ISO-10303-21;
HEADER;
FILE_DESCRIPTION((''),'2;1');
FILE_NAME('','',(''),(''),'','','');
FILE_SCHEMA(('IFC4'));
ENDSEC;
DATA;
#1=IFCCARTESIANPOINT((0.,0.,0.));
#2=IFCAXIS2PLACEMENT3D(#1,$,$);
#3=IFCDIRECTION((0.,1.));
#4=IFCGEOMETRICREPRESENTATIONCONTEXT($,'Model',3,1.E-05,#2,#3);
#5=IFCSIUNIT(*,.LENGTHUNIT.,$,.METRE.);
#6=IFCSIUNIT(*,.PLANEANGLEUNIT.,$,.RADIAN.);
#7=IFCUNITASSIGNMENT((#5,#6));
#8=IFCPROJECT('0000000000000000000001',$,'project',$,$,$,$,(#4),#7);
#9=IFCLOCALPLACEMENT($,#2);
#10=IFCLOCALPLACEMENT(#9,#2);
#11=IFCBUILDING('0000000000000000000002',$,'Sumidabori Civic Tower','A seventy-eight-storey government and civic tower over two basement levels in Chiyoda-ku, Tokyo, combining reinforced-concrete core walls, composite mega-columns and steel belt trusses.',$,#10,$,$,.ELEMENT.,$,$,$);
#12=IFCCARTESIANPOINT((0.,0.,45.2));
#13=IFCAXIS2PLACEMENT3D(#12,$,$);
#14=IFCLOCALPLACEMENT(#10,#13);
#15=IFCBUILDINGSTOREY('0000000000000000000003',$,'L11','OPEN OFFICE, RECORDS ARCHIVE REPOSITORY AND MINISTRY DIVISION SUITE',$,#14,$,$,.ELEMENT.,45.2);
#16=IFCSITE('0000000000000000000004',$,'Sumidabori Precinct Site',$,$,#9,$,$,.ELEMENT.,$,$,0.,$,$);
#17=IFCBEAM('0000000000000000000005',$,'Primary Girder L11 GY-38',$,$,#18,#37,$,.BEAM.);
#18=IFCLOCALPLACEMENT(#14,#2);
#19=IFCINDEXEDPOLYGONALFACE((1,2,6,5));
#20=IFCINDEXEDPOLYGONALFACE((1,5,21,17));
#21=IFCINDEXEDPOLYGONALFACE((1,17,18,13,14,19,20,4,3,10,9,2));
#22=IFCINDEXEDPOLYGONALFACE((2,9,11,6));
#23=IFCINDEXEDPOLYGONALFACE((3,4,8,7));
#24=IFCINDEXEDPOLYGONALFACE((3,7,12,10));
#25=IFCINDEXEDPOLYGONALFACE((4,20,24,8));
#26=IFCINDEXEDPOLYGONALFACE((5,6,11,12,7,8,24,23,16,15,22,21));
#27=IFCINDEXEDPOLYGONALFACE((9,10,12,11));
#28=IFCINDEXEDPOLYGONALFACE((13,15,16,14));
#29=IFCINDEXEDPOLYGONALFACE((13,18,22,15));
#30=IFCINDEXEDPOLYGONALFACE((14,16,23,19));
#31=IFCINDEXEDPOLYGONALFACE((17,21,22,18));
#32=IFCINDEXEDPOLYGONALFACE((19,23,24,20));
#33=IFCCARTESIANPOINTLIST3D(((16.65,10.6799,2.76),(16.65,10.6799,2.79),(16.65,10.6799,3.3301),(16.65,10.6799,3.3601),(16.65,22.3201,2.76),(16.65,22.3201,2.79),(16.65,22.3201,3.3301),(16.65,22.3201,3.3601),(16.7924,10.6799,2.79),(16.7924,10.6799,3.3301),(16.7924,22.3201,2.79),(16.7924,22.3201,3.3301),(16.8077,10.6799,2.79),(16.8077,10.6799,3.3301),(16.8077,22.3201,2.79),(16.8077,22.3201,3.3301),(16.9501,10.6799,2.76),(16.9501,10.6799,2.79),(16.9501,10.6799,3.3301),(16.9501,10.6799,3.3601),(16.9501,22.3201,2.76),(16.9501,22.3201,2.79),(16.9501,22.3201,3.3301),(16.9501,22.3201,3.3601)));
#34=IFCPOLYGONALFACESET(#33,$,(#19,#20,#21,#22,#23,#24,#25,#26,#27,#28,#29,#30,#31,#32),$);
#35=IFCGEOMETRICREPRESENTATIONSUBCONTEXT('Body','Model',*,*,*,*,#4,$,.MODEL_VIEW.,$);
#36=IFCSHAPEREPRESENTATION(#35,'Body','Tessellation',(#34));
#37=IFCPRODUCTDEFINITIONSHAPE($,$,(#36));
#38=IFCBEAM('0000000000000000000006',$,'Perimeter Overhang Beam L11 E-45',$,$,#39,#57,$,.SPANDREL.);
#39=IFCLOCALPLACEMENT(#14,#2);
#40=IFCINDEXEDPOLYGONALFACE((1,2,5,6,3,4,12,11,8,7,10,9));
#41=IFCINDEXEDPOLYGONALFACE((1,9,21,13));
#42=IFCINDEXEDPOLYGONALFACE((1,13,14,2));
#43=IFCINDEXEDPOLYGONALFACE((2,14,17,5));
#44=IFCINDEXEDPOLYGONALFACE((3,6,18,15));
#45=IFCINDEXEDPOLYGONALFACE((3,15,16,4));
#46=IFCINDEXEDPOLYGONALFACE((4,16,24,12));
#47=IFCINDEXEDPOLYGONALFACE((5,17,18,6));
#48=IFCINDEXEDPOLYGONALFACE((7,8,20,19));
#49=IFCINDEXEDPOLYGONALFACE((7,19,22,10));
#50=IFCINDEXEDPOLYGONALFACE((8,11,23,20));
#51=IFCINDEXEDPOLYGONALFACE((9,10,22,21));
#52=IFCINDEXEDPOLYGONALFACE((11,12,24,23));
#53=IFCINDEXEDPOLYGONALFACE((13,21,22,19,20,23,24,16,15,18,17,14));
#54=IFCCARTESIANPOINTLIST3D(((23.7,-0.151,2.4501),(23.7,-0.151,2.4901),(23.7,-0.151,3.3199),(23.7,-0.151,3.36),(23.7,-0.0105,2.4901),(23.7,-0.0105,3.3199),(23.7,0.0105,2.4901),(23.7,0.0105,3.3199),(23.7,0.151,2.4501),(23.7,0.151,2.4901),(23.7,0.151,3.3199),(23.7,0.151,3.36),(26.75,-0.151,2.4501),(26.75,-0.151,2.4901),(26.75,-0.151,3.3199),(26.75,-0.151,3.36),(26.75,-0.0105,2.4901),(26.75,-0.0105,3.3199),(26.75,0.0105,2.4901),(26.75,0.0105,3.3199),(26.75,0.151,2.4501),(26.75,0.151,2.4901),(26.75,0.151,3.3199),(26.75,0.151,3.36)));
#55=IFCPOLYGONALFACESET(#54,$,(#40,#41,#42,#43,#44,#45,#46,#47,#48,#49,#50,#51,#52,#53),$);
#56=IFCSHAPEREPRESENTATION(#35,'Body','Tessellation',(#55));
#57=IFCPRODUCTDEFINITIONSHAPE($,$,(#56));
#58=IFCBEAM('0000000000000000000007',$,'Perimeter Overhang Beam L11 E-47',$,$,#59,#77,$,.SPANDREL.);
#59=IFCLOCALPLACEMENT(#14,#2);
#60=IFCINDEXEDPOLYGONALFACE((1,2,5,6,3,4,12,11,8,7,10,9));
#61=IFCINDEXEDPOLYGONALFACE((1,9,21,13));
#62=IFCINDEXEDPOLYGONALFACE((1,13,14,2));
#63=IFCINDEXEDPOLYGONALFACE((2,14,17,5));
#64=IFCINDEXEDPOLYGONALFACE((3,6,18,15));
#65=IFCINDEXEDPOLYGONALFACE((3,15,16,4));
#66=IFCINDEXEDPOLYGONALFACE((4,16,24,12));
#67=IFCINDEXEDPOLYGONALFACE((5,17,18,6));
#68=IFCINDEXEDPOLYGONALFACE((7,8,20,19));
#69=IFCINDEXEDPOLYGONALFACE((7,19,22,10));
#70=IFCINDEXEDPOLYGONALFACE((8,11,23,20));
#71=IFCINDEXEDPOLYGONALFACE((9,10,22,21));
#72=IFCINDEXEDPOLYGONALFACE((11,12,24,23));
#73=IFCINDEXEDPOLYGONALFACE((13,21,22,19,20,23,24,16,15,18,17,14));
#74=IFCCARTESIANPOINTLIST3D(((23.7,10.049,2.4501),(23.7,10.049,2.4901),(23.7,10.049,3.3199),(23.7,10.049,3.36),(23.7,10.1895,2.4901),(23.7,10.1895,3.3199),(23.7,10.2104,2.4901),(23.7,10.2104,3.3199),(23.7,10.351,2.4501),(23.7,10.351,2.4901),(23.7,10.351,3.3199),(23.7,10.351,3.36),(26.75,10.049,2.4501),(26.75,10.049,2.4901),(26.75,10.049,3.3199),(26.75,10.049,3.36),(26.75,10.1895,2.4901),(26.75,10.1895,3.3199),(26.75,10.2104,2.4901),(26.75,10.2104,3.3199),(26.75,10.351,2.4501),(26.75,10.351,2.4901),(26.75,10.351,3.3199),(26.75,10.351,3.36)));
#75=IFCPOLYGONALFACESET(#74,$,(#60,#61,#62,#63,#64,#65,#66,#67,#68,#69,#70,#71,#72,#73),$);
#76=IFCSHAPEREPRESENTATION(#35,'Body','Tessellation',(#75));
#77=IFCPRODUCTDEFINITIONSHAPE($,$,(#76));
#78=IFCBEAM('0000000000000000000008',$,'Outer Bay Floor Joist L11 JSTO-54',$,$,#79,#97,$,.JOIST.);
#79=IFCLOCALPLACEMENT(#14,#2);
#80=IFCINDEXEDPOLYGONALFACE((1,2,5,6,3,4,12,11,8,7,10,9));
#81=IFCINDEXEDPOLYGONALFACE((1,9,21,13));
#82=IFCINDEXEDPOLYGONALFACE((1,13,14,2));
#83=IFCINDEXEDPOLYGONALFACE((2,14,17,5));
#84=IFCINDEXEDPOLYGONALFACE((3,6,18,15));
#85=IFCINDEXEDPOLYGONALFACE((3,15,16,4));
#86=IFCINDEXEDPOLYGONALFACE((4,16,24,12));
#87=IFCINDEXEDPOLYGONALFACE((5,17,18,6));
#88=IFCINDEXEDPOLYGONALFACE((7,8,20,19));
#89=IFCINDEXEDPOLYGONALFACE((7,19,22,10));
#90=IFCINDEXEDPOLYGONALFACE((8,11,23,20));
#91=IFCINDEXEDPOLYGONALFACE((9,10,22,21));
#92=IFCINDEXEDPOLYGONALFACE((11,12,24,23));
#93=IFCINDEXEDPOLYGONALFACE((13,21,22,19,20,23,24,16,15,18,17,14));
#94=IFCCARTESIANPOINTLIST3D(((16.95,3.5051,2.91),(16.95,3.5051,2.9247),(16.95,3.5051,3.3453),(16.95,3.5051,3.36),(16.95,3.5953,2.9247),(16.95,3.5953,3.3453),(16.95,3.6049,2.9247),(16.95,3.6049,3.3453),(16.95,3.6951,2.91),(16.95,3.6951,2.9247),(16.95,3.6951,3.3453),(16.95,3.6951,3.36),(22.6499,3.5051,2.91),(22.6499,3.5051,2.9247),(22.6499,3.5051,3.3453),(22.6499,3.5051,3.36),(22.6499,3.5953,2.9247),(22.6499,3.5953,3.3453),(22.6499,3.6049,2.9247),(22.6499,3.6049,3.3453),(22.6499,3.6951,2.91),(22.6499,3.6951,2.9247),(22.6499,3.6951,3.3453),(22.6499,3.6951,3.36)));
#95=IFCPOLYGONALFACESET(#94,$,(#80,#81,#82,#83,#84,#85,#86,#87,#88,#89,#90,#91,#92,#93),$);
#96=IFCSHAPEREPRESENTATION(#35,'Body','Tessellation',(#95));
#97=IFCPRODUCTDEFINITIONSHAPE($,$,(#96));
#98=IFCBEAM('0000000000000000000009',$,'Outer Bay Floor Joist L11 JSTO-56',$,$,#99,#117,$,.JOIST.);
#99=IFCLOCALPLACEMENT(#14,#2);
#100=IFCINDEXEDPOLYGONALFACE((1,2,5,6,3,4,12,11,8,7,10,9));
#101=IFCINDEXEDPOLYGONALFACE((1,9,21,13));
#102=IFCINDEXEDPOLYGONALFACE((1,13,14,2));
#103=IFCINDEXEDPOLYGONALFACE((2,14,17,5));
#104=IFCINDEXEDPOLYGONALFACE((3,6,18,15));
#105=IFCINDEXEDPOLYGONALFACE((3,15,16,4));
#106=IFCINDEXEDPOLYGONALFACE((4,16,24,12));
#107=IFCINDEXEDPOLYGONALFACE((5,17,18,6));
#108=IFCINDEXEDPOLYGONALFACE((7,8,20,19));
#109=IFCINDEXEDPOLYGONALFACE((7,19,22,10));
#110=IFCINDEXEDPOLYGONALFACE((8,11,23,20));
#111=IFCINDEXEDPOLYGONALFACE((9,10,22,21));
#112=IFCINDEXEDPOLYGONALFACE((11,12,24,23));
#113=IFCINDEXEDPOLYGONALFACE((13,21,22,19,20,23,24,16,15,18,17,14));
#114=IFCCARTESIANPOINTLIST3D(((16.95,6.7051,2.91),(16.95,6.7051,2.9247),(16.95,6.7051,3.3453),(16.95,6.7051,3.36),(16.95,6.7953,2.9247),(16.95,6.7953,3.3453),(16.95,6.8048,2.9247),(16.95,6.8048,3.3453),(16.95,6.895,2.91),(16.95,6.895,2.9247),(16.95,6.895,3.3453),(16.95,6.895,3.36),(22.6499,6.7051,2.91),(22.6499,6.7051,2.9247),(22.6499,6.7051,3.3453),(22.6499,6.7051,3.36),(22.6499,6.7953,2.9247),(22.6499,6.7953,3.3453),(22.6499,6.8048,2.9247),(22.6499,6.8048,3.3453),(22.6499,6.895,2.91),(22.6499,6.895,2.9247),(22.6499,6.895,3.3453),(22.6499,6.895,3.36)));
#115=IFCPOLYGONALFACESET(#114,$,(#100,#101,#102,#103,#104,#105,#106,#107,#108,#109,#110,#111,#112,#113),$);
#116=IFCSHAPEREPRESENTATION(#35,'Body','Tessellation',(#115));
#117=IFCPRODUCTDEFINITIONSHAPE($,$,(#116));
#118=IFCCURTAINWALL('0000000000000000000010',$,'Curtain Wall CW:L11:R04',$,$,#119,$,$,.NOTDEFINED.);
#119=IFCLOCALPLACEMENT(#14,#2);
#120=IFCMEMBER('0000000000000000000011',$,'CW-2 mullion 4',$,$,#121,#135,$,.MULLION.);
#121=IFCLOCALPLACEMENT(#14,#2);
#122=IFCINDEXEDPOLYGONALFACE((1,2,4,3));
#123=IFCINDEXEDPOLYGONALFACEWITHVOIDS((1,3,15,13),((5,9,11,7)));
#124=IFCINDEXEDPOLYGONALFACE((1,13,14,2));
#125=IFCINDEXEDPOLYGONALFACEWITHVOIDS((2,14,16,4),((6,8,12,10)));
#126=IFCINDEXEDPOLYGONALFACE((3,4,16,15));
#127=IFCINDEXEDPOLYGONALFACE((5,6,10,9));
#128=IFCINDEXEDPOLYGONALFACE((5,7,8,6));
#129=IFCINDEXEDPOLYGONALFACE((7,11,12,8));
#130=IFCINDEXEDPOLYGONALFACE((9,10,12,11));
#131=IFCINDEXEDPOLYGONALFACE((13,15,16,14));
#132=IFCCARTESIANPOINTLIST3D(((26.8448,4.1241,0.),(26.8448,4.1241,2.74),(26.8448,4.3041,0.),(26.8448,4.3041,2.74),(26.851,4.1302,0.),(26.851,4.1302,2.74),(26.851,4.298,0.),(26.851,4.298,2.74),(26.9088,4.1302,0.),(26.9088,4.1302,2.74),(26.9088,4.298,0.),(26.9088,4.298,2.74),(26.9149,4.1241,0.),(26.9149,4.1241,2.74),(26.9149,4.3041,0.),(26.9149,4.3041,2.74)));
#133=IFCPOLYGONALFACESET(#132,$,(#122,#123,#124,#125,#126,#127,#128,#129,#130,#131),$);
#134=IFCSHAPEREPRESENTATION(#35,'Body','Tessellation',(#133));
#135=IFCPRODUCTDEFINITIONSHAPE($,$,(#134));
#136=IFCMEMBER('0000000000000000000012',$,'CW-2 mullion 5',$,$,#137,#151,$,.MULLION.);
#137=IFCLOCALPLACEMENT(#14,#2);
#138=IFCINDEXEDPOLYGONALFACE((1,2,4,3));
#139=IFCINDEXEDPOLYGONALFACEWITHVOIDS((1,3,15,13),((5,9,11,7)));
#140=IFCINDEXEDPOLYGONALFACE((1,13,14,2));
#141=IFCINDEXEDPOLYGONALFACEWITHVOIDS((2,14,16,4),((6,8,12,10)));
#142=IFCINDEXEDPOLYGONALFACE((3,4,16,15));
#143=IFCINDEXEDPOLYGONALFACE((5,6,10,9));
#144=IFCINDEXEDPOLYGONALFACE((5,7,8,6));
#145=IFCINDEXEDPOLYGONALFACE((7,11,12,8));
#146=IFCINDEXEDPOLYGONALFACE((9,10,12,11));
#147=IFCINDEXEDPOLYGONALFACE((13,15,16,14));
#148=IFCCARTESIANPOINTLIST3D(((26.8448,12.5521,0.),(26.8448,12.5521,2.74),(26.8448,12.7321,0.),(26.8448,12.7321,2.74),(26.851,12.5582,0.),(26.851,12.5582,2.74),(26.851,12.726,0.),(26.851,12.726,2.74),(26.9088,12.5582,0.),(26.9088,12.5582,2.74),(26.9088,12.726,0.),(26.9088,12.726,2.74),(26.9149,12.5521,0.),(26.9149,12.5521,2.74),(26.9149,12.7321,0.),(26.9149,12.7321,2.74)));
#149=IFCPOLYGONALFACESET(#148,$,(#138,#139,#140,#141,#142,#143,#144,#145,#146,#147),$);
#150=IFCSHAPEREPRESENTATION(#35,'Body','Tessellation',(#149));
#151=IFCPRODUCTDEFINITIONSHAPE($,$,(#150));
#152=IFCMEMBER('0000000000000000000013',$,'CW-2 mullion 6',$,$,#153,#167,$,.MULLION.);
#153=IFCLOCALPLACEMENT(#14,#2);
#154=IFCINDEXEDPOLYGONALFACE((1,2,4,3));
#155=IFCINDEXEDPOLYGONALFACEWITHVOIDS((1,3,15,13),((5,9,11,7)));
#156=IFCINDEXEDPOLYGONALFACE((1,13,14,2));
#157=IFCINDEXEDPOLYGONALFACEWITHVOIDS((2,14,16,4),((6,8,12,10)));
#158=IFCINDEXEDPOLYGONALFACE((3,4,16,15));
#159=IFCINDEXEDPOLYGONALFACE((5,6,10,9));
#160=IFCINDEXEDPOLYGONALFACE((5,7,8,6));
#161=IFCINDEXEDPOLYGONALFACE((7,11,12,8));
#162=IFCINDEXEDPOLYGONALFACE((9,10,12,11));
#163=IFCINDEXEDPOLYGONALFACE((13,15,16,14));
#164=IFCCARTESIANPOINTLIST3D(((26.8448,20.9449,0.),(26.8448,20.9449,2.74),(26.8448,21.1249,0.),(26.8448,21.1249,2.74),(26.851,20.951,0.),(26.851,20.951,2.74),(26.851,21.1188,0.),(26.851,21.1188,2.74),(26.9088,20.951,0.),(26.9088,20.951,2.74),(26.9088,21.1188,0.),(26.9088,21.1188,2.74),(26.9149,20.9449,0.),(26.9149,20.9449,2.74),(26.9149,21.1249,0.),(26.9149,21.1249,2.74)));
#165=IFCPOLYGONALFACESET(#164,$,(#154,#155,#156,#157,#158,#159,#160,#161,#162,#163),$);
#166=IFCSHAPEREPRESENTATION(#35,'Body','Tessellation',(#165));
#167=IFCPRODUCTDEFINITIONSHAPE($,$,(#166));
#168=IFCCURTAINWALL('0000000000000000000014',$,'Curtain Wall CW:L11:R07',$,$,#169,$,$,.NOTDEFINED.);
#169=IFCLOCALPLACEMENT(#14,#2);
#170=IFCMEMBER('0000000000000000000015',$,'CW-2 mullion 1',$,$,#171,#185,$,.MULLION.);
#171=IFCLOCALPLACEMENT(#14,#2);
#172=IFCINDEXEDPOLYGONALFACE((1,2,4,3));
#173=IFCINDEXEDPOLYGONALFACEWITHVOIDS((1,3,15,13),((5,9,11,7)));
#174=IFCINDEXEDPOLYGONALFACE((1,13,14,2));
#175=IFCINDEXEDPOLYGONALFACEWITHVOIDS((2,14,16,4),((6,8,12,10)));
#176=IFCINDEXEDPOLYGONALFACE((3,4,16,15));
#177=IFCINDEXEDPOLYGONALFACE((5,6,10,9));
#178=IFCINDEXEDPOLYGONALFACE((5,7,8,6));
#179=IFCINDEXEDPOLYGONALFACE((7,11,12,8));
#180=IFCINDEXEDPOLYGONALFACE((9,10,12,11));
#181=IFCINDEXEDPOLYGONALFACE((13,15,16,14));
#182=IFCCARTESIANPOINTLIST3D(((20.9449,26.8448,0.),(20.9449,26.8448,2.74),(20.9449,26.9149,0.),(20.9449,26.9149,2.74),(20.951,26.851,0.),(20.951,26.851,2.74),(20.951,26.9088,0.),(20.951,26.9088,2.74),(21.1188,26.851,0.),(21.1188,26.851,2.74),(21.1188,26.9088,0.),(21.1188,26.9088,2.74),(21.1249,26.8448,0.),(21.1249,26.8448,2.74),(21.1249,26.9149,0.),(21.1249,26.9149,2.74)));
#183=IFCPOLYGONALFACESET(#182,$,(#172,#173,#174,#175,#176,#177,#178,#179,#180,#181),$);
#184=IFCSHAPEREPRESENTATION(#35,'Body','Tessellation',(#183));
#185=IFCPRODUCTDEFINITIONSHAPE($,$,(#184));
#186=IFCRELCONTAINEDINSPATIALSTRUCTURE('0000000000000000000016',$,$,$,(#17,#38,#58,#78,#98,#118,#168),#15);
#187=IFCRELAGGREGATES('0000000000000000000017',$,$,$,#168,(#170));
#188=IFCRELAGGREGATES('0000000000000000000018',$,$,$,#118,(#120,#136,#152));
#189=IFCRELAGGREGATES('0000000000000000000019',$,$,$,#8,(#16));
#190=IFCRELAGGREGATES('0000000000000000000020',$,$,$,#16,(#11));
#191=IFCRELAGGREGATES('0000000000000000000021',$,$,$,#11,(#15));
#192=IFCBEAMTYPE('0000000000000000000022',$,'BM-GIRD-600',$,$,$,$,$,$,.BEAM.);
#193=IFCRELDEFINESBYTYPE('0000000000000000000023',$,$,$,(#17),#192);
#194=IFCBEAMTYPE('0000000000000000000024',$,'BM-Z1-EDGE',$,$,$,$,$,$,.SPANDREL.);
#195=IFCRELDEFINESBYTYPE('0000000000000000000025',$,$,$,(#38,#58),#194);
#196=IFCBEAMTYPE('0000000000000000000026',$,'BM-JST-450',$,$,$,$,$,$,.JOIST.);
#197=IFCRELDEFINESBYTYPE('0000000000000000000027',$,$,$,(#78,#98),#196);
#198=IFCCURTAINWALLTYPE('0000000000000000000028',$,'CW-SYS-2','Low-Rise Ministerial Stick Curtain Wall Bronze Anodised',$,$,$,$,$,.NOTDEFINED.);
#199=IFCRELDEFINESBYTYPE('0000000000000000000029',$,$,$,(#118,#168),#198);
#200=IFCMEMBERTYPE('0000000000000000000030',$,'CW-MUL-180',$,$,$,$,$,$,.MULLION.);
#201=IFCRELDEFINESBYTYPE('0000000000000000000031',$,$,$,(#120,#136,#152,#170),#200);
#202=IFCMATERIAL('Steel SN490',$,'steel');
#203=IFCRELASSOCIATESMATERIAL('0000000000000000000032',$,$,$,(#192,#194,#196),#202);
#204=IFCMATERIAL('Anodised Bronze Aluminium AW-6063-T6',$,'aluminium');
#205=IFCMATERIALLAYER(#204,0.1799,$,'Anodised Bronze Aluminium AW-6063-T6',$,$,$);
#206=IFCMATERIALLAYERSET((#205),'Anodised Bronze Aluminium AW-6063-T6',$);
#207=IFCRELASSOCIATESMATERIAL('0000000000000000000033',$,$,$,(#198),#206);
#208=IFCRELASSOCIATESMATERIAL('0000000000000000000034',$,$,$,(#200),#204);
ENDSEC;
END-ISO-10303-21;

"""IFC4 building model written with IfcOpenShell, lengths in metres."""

from ifc_helpers import new_model, si_unit, direction, frame, origin, origin_2d, place, context, subcontext, project, spatial, hollow_rectangle, i_section, extrude, source, transform, mapped, material, layer, layer_set, material_profile, profile_set, type_object, element, aggregate, save


model = new_model("IFC4")

# Units and contexts
model_context = context("Model", 3, precision=1e-05, world=origin(), true_north=direction((0.0, 1.0)))
body_context = subcontext(model_context, "Body", "Model", "MODEL_VIEW")
ifc_project = project(units=[si_unit("LENGTHUNIT", "METRE"), si_unit("PLANEANGLEUNIT", "RADIAN")], contexts=[model_context])

# Site, building, storey
site_placement = place(None, origin())
site = spatial("IfcSite", under=ifc_project, at=site_placement, Name="Sumidabori Precinct Site", CompositionType="ELEMENT", RefElevation=0.0)
building_placement = place(site_placement, origin())
building = spatial("IfcBuilding", under=site, at=building_placement, Name="Sumidabori Civic Tower", Description="A seventy-eight-storey government and civic tower over two basement levels in Chiyoda-ku, Tokyo, combining reinforced-concrete core walls, composite mega-columns and steel belt trusses.", CompositionType="ELEMENT")
storey_placement = place(building_placement, frame((0.0, 0.0, 45.2)))
storey = spatial("IfcBuildingStorey", under=building, at=storey_placement, Name="L11", Description="OPEN OFFICE, RECORDS ARCHIVE REPOSITORY AND MINISTRY DIVISION SUITE", CompositionType="ELEMENT", Elevation=45.2)

# Beams
ifc_material_1 = material(Name="Steel SN490", Category="steel")
ifc_material_profile_1 = material_profile(ifc_material_1, i_section(OverallWidth=0.3, OverallDepth=0.6001, WebThickness=0.0154, FlangeThickness=0.03, at=origin_2d()), Name="HE 600 B")
ifc_profile_set_1 = profile_set([ifc_material_profile_1], Name="Steel SN490")
beam_type_1 = type_object("IfcBeamType", Name="BM-GIRD-600", PredefinedType="BEAM", material=ifc_profile_set_1)
shared_shape_1 = source(origin(), body_context, "Body", "SweptSolid", [
    extrude(i_section(OverallWidth=0.3, OverallDepth=0.6001, WebThickness=0.0154, FlangeThickness=0.03, at=origin_2d()), origin(), (0.0, 0.0, 1.0), 11.6401),
])
beam_1_placement = place(storey_placement, frame((16.8, 10.6799, 3.0601), z_axis=(0.0, 1.0, 0.0), x_axis=(-1.0, 0.0, 0.0)))
element("IfcBeam", 1, at=beam_1_placement, inside=storey, type_object=beam_type_1, Name="Primary Girder L11 GY-38", PredefinedType="BEAM", context=body_context, shape_type="MappedRepresentation", body=[
    mapped(shared_shape_1, transform((0.0, 0.0, 0.0), x_axis=(1.0, 0.0, 0.0), y_axis=(0.0, 1.0, 0.0), z_axis=(0.0, 0.0, 1.0), scale=1.0)),
])
ifc_material_profile_2 = material_profile(ifc_material_1, i_section(OverallWidth=0.302, OverallDepth=0.9099, WebThickness=0.021, FlangeThickness=0.04, at=origin_2d()), Name="HE 900 M")
ifc_profile_set_2 = profile_set([ifc_material_profile_2], Name="Steel SN490")
beam_type_2 = type_object("IfcBeamType", Name="BM-Z1-EDGE", PredefinedType="SPANDREL", material=ifc_profile_set_2)
shared_shape_2 = source(origin(), body_context, "Body", "SweptSolid", [
    extrude(i_section(OverallWidth=0.302, OverallDepth=0.9099, WebThickness=0.021, FlangeThickness=0.04, at=origin_2d()), origin(), (0.0, 0.0, 1.0), 3.05),
])
for number, where, z_axis, x_axis, name in (
    (2, (23.7, 0.0, 2.905), (1.0, 0.0, 0.0), (0.0, 1.0, 0.0), "Perimeter Overhang Beam L11 E-45"),
    (3, (23.7, 10.2, 2.905), (1.0, 0.0, 0.0), (0.0, 1.0, 0.0), "Perimeter Overhang Beam L11 E-47"),
):
    element("IfcBeam", number, at=place(storey_placement, frame(where, z_axis=z_axis, x_axis=x_axis)), inside=storey, type_object=beam_type_2, Name=name, PredefinedType="SPANDREL", context=body_context, shape_type="MappedRepresentation", body=[
        mapped(shared_shape_2, transform((0.0, 0.0, 0.0), x_axis=(1.0, 0.0, 0.0), y_axis=(0.0, 1.0, 0.0), z_axis=(0.0, 0.0, 1.0), scale=1.0)),
    ])
ifc_material_profile_3 = material_profile(ifc_material_1, i_section(OverallWidth=0.1899, OverallDepth=0.45, WebThickness=0.0095, FlangeThickness=0.0146, at=origin_2d()), Name="IPE 450")
ifc_profile_set_3 = profile_set([ifc_material_profile_3], Name="Steel SN490")
beam_type_3 = type_object("IfcBeamType", Name="BM-JST-450", PredefinedType="JOIST", material=ifc_profile_set_3)
shared_shape_3 = source(origin(), body_context, "Body", "SweptSolid", [
    extrude(i_section(OverallWidth=0.1899, OverallDepth=0.45, WebThickness=0.0095, FlangeThickness=0.0146, at=origin_2d()), origin(), (0.0, 0.0, 1.0), 5.7),
])
for number, where, z_axis, x_axis, name in (
    (4, (16.95, 3.6001, 3.135), (1.0, 0.0, 0.0), (0.0, 1.0, 0.0), "Outer Bay Floor Joist L11 JSTO-54"),
    (5, (16.95, 6.8, 3.135), (1.0, 0.0, 0.0), (0.0, 1.0, 0.0), "Outer Bay Floor Joist L11 JSTO-56"),
):
    element("IfcBeam", number, at=place(storey_placement, frame(where, z_axis=z_axis, x_axis=x_axis)), inside=storey, type_object=beam_type_3, Name=name, PredefinedType="JOIST", context=body_context, shape_type="MappedRepresentation", body=[
        mapped(shared_shape_3, transform((0.0, 0.0, 0.0), x_axis=(1.0, 0.0, 0.0), y_axis=(0.0, 1.0, 0.0), z_axis=(0.0, 0.0, 1.0), scale=1.0)),
    ])

# Curtain wall, members
ifc_material_2 = material(Name="Anodised Bronze Aluminium AW-6063-T6", Category="aluminium")
ifc_layer_1 = layer(ifc_material_2, 0.1799, Name="Anodised Bronze Aluminium AW-6063-T6")
ifc_layer_set_1 = layer_set([ifc_layer_1], Name="Anodised Bronze Aluminium AW-6063-T6")
curtain_wall_type = type_object("IfcCurtainWallType", Name="CW-SYS-2", Description="Low-Rise Ministerial Stick Curtain Wall Bronze Anodised", PredefinedType="NOTDEFINED", material=ifc_layer_set_1)
curtain_wall_1_placement = place(storey_placement, origin())
curtain_wall_1 = element("IfcCurtainWall", 6, at=curtain_wall_1_placement, inside=storey, type_object=curtain_wall_type, Name="Curtain Wall CW:L11:R04", PredefinedType="NOTDEFINED")
ifc_material_profile_4 = material_profile(ifc_material_2, hollow_rectangle(XDim=0.0701, YDim=0.1799, WallThickness=0.0061, at=origin_2d()), Name="ALU MULLION 180x70")
ifc_profile_set_4 = profile_set([ifc_material_profile_4], Name="Anodised Bronze Aluminium AW-6063-T6")
member_type_1 = type_object("IfcMemberType", Name="CW-MUL-180", PredefinedType="MULLION", material=ifc_profile_set_4)
shared_shape_4 = source(origin(), body_context, "Body", "SweptSolid", [
    extrude(hollow_rectangle(XDim=0.0701, YDim=0.1799, WallThickness=0.0061, at=origin_2d()), origin(), (0.0, 0.0, 1.0), 2.74),
])
member_1_placement = place(storey_placement, frame((26.8799, 4.2141, 0.0), z_axis=(0.0, 0.0, 1.0), x_axis=(-1.0, 0.0, 0.0)))
member_1 = element("IfcMember", 7, at=member_1_placement, type_object=member_type_1, Name="CW-2 mullion 4", PredefinedType="MULLION", context=body_context, shape_type="MappedRepresentation", body=[
    mapped(shared_shape_4, transform((0.0, 0.0, 0.0), x_axis=(1.0, 0.0, 0.0), y_axis=(0.0, 1.0, 0.0), z_axis=(0.0, 0.0, 1.0), scale=1.0)),
])
member_2_placement = place(storey_placement, frame((26.8799, 12.6421, 0.0), z_axis=(0.0, 0.0, 1.0), x_axis=(-1.0, 0.0, 0.0)))
member_2 = element("IfcMember", 8, at=member_2_placement, type_object=member_type_1, Name="CW-2 mullion 5", PredefinedType="MULLION", context=body_context, shape_type="MappedRepresentation", body=[
    mapped(shared_shape_4, transform((0.0, 0.0, 0.0), x_axis=(1.0, 0.0, 0.0), y_axis=(0.0, 1.0, 0.0), z_axis=(0.0, 0.0, 1.0), scale=1.0)),
])
member_3_placement = place(storey_placement, frame((26.8799, 21.0349, 0.0), z_axis=(0.0, 0.0, 1.0), x_axis=(-1.0, 0.0, 0.0)))
member_3 = element("IfcMember", 9, at=member_3_placement, type_object=member_type_1, Name="CW-2 mullion 6", PredefinedType="MULLION", context=body_context, shape_type="MappedRepresentation", body=[
    mapped(shared_shape_4, transform((0.0, 0.0, 0.0), x_axis=(1.0, 0.0, 0.0), y_axis=(0.0, 1.0, 0.0), z_axis=(0.0, 0.0, 1.0), scale=1.0)),
])

# Curtain wall, member
curtain_wall_2_placement = place(storey_placement, origin())
curtain_wall_2 = element("IfcCurtainWall", 10, at=curtain_wall_2_placement, inside=storey, type_object=curtain_wall_type, Name="Curtain Wall CW:L11:R07", PredefinedType="NOTDEFINED")
member_4_placement = place(storey_placement, frame((21.0349, 26.8799, 0.0), z_axis=(0.0, 0.0, 1.0), x_axis=(0.0, -1.0, 0.0)))
member_4 = element("IfcMember", 11, at=member_4_placement, type_object=member_type_1, Name="CW-2 mullion 1", PredefinedType="MULLION", context=body_context, shape_type="MappedRepresentation", body=[
    mapped(shared_shape_4, transform((0.0, 0.0, 0.0), x_axis=(1.0, 0.0, 0.0), y_axis=(0.0, 1.0, 0.0), z_axis=(0.0, 0.0, 1.0), scale=1.0)),
])

aggregate(curtain_wall_2, [member_4])
aggregate(curtain_wall_1, [member_1, member_2, member_3])

save(model, "model.ifc")
